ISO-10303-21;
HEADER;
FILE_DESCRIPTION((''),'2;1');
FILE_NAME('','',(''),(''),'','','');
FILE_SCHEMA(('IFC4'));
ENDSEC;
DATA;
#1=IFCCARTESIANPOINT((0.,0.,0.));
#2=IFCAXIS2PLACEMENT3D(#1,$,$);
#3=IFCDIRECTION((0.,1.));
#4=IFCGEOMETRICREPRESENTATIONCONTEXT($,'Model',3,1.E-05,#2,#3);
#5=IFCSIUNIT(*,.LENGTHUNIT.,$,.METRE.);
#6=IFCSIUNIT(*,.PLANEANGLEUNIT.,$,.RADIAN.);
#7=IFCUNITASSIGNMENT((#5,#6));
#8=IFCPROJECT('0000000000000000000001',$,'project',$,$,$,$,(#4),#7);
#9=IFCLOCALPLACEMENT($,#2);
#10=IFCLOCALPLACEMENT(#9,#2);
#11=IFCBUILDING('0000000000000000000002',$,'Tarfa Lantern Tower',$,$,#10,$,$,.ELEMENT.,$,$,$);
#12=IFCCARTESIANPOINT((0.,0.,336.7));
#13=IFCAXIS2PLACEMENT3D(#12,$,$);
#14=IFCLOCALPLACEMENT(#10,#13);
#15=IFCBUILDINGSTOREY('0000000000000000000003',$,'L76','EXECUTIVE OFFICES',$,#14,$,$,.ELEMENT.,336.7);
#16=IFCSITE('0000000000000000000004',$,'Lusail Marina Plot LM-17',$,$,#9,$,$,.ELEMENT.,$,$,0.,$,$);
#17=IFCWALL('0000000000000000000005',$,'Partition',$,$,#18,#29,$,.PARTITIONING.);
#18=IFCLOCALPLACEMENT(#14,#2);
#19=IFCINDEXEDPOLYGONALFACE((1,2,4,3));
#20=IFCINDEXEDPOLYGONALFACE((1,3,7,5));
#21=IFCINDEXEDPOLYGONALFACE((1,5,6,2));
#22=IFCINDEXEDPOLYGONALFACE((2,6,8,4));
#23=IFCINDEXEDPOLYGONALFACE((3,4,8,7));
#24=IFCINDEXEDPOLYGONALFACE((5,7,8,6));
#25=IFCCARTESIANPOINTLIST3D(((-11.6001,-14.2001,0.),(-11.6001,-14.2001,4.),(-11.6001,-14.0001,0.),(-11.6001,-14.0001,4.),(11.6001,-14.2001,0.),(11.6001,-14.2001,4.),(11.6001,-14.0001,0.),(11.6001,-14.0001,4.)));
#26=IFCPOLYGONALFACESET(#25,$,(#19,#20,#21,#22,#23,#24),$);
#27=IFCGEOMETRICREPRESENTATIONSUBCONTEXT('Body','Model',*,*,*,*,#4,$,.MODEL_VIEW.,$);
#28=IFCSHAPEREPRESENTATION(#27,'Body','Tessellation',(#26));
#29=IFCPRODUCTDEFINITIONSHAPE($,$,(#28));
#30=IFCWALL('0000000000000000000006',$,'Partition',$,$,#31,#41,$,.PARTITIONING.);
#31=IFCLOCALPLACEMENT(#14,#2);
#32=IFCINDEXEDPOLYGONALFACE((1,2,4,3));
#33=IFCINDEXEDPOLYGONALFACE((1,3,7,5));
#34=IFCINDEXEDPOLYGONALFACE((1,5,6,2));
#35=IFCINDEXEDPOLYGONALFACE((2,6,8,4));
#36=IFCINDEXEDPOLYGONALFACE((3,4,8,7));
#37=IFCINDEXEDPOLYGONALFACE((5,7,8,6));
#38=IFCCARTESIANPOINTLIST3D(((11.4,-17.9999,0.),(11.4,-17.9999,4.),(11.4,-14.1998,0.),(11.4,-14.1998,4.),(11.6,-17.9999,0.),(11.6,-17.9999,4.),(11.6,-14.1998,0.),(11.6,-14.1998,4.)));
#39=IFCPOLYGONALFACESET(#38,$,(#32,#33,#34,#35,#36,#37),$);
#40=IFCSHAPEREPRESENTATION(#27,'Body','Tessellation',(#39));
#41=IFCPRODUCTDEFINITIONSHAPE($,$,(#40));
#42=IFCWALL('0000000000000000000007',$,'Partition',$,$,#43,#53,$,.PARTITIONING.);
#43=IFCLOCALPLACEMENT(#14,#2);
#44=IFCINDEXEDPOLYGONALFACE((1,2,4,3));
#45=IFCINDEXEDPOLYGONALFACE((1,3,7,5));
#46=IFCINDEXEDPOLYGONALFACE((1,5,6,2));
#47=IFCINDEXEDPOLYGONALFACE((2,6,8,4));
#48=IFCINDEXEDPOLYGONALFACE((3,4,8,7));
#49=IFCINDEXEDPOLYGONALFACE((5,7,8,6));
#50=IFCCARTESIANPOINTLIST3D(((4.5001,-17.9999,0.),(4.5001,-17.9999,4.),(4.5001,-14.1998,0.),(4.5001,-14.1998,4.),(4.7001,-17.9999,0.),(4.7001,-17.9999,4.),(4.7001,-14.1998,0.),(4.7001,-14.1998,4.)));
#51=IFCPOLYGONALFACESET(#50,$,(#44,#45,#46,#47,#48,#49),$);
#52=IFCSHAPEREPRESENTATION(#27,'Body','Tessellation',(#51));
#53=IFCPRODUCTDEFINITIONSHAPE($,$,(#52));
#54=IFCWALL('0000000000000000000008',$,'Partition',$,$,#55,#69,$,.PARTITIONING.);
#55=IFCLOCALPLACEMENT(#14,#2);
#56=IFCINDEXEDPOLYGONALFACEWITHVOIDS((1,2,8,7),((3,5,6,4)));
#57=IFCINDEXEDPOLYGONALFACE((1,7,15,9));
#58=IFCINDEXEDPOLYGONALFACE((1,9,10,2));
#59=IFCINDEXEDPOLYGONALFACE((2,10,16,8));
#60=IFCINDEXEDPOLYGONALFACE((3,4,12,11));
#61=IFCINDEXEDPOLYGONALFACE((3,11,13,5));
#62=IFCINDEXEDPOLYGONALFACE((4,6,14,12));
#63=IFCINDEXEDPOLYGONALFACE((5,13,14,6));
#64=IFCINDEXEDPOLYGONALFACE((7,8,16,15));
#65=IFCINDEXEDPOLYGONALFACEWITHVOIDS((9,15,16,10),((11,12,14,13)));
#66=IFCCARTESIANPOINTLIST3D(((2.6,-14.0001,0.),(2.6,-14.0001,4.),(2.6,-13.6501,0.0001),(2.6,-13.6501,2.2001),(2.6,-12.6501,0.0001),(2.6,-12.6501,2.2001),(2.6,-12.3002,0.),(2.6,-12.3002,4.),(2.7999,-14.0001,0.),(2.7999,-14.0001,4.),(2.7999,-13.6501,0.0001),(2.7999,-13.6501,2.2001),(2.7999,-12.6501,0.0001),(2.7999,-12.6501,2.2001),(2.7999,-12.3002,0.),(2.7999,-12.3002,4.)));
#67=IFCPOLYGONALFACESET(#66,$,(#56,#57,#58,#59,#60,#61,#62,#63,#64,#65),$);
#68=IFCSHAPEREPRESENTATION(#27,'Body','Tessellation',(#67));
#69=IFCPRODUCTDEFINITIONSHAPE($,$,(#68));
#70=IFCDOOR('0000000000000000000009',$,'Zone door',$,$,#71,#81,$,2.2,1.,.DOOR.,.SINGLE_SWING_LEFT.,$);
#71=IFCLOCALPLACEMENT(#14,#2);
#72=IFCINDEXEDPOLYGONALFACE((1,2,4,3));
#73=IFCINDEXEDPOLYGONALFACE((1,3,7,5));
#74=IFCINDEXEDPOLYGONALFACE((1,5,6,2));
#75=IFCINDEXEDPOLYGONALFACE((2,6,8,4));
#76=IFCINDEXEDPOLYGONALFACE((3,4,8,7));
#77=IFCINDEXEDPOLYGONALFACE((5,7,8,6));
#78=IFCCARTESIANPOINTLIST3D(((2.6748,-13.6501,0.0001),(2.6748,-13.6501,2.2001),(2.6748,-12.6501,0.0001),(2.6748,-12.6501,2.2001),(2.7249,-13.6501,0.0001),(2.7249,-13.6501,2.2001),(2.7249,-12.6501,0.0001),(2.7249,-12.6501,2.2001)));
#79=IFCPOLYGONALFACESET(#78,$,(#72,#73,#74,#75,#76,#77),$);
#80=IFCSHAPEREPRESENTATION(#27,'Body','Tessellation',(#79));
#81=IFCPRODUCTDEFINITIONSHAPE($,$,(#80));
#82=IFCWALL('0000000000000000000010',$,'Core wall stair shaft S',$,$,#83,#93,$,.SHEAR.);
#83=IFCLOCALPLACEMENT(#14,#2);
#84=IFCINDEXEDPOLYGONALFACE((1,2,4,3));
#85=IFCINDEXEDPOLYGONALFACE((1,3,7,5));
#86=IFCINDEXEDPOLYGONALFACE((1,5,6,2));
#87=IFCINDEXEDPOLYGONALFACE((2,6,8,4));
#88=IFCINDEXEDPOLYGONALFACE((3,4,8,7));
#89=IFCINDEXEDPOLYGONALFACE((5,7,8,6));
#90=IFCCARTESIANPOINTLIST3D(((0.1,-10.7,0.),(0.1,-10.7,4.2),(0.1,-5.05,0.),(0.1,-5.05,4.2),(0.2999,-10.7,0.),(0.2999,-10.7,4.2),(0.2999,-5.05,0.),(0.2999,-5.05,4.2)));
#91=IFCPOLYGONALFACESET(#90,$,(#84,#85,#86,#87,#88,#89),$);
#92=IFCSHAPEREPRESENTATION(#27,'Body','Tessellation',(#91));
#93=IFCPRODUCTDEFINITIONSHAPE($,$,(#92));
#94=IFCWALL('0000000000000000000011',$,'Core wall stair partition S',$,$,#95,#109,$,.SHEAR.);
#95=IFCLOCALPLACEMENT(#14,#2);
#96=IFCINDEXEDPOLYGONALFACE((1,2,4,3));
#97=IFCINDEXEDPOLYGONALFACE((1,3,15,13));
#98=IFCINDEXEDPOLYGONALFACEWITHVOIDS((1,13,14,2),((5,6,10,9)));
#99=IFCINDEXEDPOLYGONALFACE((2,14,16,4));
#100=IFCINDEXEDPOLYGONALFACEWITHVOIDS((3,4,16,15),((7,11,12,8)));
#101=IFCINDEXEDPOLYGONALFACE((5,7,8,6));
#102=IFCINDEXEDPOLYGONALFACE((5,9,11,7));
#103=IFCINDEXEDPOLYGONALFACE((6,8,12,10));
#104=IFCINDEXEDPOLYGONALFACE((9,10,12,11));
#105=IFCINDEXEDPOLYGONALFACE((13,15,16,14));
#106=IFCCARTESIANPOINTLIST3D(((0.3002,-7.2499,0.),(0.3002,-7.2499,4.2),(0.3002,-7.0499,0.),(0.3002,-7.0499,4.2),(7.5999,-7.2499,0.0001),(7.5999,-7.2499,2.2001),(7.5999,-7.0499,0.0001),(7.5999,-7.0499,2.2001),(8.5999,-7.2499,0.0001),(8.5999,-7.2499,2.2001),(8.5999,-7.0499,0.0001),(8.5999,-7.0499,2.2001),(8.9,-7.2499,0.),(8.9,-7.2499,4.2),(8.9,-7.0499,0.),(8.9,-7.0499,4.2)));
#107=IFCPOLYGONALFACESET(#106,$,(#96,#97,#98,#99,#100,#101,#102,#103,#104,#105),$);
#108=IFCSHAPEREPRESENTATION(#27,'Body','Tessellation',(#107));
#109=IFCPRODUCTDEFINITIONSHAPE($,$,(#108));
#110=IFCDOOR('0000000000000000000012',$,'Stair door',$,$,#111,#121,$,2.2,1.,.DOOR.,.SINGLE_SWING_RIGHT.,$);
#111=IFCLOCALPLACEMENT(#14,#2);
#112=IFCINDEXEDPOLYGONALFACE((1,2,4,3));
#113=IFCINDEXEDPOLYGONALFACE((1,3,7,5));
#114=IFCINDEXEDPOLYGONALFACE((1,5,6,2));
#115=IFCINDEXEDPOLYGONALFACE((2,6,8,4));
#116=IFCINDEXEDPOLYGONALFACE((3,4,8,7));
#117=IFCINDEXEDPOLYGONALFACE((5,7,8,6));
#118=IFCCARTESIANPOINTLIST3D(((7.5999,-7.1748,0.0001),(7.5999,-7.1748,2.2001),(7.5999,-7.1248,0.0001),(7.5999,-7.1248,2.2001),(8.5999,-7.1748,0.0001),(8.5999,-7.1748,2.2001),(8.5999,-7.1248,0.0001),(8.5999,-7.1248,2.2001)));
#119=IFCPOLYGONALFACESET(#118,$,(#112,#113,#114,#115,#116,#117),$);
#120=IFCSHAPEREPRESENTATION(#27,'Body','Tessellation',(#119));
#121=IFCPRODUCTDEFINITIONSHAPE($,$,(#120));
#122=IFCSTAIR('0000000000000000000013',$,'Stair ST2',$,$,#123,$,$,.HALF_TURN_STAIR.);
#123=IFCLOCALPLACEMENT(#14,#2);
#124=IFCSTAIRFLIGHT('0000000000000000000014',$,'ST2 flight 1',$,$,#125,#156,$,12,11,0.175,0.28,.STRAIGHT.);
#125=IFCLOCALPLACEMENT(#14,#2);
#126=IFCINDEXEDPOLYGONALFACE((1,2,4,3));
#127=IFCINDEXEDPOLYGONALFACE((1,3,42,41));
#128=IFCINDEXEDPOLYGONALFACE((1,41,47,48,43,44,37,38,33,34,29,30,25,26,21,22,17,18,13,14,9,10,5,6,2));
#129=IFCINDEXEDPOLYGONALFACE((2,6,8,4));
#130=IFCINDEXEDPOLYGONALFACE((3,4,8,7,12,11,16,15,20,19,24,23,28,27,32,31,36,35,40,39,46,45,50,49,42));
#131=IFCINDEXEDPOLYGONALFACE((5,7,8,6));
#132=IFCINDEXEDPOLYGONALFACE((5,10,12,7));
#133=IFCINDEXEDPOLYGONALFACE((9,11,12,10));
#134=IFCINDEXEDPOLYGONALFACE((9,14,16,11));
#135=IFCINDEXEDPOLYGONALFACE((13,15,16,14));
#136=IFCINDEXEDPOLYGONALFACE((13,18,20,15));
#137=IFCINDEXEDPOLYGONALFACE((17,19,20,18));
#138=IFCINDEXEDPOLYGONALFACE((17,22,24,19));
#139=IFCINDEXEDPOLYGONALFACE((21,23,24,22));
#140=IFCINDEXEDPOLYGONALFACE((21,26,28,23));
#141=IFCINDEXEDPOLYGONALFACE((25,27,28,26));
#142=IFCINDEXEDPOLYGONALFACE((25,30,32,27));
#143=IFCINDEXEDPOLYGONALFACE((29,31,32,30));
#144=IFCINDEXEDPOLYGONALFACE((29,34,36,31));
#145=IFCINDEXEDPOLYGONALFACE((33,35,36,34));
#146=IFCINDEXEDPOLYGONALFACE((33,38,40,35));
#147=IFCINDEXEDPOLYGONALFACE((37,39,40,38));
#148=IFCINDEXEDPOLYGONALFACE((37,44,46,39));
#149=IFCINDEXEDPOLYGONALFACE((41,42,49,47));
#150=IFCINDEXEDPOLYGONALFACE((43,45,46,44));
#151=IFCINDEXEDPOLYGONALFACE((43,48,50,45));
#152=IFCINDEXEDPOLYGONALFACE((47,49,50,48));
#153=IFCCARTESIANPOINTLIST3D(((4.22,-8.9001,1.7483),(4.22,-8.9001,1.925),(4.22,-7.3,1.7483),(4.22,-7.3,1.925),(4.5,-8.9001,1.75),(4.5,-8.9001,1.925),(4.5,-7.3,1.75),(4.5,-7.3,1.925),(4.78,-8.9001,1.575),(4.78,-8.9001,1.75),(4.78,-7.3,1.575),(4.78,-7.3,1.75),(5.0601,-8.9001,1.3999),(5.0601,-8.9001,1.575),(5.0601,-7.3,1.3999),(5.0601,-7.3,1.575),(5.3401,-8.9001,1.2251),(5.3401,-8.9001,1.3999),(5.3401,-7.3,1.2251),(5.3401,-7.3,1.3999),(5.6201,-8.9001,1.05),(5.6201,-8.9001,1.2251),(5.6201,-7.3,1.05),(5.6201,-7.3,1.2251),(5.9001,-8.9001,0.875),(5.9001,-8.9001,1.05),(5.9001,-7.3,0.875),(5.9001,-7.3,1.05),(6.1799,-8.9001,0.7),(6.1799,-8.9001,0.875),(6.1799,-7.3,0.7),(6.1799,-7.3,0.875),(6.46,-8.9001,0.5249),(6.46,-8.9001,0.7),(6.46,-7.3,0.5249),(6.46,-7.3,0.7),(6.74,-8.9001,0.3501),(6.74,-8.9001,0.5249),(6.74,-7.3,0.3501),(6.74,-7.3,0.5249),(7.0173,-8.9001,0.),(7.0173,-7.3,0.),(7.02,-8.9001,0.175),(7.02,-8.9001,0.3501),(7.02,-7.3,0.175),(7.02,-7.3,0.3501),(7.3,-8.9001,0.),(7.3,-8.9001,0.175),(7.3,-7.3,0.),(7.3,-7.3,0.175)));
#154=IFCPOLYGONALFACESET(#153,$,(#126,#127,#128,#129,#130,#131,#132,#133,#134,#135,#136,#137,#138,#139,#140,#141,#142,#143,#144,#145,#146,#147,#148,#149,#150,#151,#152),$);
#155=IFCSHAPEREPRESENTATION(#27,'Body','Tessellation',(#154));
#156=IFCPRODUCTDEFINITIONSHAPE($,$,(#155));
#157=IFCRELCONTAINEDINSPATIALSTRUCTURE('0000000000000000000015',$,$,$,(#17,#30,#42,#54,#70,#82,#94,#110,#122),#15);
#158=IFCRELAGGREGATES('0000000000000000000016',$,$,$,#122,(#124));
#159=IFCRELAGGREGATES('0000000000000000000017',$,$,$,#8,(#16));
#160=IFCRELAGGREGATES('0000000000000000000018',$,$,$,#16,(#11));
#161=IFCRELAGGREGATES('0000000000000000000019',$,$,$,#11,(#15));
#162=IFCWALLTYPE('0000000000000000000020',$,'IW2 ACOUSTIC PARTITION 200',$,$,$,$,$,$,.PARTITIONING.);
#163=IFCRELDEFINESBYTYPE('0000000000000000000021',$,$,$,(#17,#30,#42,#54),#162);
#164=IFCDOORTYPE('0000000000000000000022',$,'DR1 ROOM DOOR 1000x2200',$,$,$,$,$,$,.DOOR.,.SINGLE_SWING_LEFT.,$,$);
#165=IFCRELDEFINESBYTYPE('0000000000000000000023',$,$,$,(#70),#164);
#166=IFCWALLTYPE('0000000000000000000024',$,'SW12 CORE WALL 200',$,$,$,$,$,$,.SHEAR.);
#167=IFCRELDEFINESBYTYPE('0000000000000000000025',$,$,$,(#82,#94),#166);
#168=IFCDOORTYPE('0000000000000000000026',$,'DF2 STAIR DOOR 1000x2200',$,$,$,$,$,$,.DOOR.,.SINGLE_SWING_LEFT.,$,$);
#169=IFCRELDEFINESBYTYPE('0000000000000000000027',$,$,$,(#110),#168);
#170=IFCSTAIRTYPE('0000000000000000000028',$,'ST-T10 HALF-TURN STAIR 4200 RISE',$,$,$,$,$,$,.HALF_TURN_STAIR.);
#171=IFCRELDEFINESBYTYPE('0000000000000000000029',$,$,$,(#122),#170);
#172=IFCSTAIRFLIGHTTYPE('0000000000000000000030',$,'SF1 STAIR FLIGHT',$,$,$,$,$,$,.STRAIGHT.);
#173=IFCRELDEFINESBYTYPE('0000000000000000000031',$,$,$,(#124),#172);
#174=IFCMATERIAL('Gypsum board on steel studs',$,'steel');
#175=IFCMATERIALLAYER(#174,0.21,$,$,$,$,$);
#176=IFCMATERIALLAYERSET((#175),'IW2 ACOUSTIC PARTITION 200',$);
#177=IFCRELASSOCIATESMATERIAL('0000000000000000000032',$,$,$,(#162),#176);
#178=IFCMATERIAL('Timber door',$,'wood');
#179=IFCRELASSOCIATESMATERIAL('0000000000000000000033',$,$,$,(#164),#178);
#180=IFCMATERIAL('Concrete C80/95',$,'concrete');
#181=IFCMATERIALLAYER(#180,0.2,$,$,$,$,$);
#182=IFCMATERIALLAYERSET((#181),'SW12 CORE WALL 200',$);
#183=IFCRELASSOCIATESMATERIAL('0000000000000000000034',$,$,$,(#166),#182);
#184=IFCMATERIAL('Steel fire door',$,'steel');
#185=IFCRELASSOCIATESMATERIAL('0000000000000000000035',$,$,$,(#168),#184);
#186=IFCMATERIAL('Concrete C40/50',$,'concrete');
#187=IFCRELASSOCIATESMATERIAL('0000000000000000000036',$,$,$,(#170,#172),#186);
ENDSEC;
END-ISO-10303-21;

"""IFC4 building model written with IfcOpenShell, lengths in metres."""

from ifc_helpers import new_model, si_unit, direction, frame, frame_2d, origin, place, context, subcontext, project, spatial, polyline, rectangle, outline, extrude, material, layer, layer_set, type_object, element, fill, aggregate, save


model = new_model("IFC4")

# Units and contexts
model_context = context("Model", 3, precision=1e-05, world=origin(), true_north=direction((0.0, 1.0)))
body_context = subcontext(model_context, "Body", "Model", "MODEL_VIEW")
ifc_project = project(units=[si_unit("LENGTHUNIT", "METRE"), si_unit("PLANEANGLEUNIT", "RADIAN")], contexts=[model_context])

# Site, building, storey
site_placement = place(None, origin())
site = spatial("IfcSite", under=ifc_project, at=site_placement, Name="Lusail Marina Plot LM-17", CompositionType="ELEMENT", RefElevation=0.0)
building_placement = place(site_placement, origin())
building = spatial("IfcBuilding", under=site, at=building_placement, Name="Tarfa Lantern Tower", CompositionType="ELEMENT")
storey_placement = place(building_placement, frame((0.0, 0.0, 336.7)))
storey = spatial("IfcBuildingStorey", under=building, at=storey_placement, Name="L76", Description="EXECUTIVE OFFICES", CompositionType="ELEMENT", Elevation=336.7)

# Walls
ifc_material_1 = material(Name="Gypsum board on steel studs", Category="steel")
ifc_layer_1 = layer(ifc_material_1, 0.21)
ifc_layer_set_1 = layer_set([ifc_layer_1], Name="IW2 ACOUSTIC PARTITION 200")
wall_type_1 = type_object("IfcWallType", Name="IW2 ACOUSTIC PARTITION 200", PredefinedType="PARTITIONING", material=ifc_layer_set_1)
wall_1_placement = place(storey_placement, frame((11.6001, -14.1001, 0.0), z_axis=(0.0, 0.0, 1.0), x_axis=(-1.0, 0.0, 0.0)))
element("IfcWall", 1, at=wall_1_placement, inside=storey, type_object=wall_type_1, Name="Partition", PredefinedType="PARTITIONING", context=body_context, shape_type="SweptSolid", body=[
    extrude(rectangle(XDim=23.2002, YDim=0.2, at=frame_2d((11.6001, 0.0))), origin(), (0.0, 0.0, 1.0), 4.0),
])
for number, where, z_axis, x_axis, name in (
    (2, (11.5, -14.2, 0.0), (0.0, 0.0, 1.0), (0.0, -1.0, 0.0), "Partition"),
    (3, (4.6001, -14.2, 0.0), (0.0, 0.0, 1.0), (0.0, -1.0, 0.0), "Partition"),
):
    element("IfcWall", number, at=place(storey_placement, frame(where, z_axis=z_axis, x_axis=x_axis)), inside=storey, type_object=wall_type_1, Name=name, PredefinedType="PARTITIONING", context=body_context, shape_type="SweptSolid", body=[
        extrude(rectangle(XDim=3.8, YDim=0.2, at=frame_2d((1.8999, 0.0))), origin(), (0.0, 0.0, 1.0), 4.0),
    ])

# Wall, opening, door
wall_2_placement = place(storey_placement, frame((2.7, -12.3, 0.0), z_axis=(0.0, 0.0, 1.0), x_axis=(0.0, -1.0, 0.0)))
wall_2 = element("IfcWall", 4, at=wall_2_placement, inside=storey, type_object=wall_type_1, Name="Partition", PredefinedType="PARTITIONING", context=body_context, shape_type="SweptSolid", body=[
    extrude(rectangle(XDim=1.7, YDim=0.2, at=frame_2d((0.8501, 0.0))), origin(), (0.0, 0.0, 1.0), 4.0),
])
opening_1_placement = place(wall_2_placement, frame((0.3501, 0.0, 0.0)))
opening_1 = element("IfcOpeningElement", 5, at=opening_1_placement, cuts=wall_2, PredefinedType="OPENING", context=body_context, shape_type="SweptSolid", body=[
    extrude(rectangle(XDim=1.0, YDim=2.2, at=frame_2d((0.5, 1.1001))), frame((0.0, 0.1099, 0.0), z_axis=(0.0, -1.0, 0.0), x_axis=(1.0, 0.0, 0.0)), (0.0, 0.0, 1.0), 0.22),
])
ifc_material_2 = material(Name="Timber door", Category="wood")
door_type_1 = type_object("IfcDoorType", Name="DR1 ROOM DOOR 1000x2200", OperationType="SINGLE_SWING_LEFT", PredefinedType="DOOR", material=ifc_material_2)
door_1_placement = place(opening_1_placement, origin())
door_1 = element("IfcDoor", 6, at=door_1_placement, inside=storey, type_object=door_type_1, Name="Zone door", OperationType="SINGLE_SWING_LEFT", OverallHeight=2.2, OverallWidth=1.0, PredefinedType="DOOR", context=body_context, shape_type="SweptSolid", body=[
    extrude(rectangle(XDim=1.0, YDim=2.2, at=frame_2d((0.5, 1.1001))), frame((0.0, 0.0249, 0.0), z_axis=(0.0, -1.0, 0.0), x_axis=(1.0, 0.0, 0.0)), (0.0, 0.0, 1.0), 0.05),
])
fill(opening_1, door_1)

# Wall
ifc_material_3 = material(Name="Concrete C80/95", Category="concrete")
ifc_layer_2 = layer(ifc_material_3, 0.2)
ifc_layer_set_2 = layer_set([ifc_layer_2], Name="SW12 CORE WALL 200")
wall_type_2 = type_object("IfcWallType", Name="SW12 CORE WALL 200", PredefinedType="SHEAR", material=ifc_layer_set_2)
wall_3_placement = place(storey_placement, frame((0.2, -5.05, 0.0), z_axis=(0.0, 0.0, 1.0), x_axis=(0.0, -1.0, 0.0)))
element("IfcWall", 7, at=wall_3_placement, inside=storey, type_object=wall_type_2, Name="Core wall stair shaft S", PredefinedType="SHEAR", context=body_context, shape_type="SweptSolid", body=[
    extrude(rectangle(XDim=5.6499, YDim=0.2, at=frame_2d((2.825, 0.0))), origin(), (0.0, 0.0, 1.0), 4.2),
])

# Wall, opening, door
wall_4_placement = place(storey_placement, frame((8.8999, -7.1499, 0.0), z_axis=(0.0, 0.0, 1.0), x_axis=(-1.0, 0.0, 0.0)))
wall_4 = element("IfcWall", 8, at=wall_4_placement, inside=storey, type_object=wall_type_2, Name="Core wall stair partition S", PredefinedType="SHEAR", context=body_context, shape_type="SweptSolid", body=[
    extrude(rectangle(XDim=8.5999, YDim=0.2, at=frame_2d((4.2998, 0.0))), origin(), (0.0, 0.0, 1.0), 4.2),
])
opening_2_placement = place(wall_4_placement, frame((0.3, 0.0, 0.0)))
opening_2 = element("IfcOpeningElement", 9, at=opening_2_placement, cuts=wall_4, PredefinedType="OPENING", context=body_context, shape_type="SweptSolid", body=[
    extrude(rectangle(XDim=1.0, YDim=2.2, at=frame_2d((0.5, 1.1001))), frame((0.0, 0.1099, 0.0), z_axis=(0.0, -1.0, 0.0), x_axis=(1.0, 0.0, 0.0)), (0.0, 0.0, 1.0), 0.22),
])
ifc_material_4 = material(Name="Steel fire door", Category="steel")
door_type_2 = type_object("IfcDoorType", Name="DF2 STAIR DOOR 1000x2200", OperationType="SINGLE_SWING_LEFT", PredefinedType="DOOR", material=ifc_material_4)
door_2_placement = place(opening_2_placement, origin())
door_2 = element("IfcDoor", 10, at=door_2_placement, inside=storey, type_object=door_type_2, Name="Stair door", OperationType="SINGLE_SWING_RIGHT", OverallHeight=2.2, OverallWidth=1.0, PredefinedType="DOOR", context=body_context, shape_type="SweptSolid", body=[
    extrude(rectangle(XDim=1.0, YDim=2.2, at=frame_2d((0.5, 1.1001))), frame((0.0, 0.0249, 0.0), z_axis=(0.0, -1.0, 0.0), x_axis=(1.0, 0.0, 0.0)), (0.0, 0.0, 1.0), 0.05),
])
fill(opening_2, door_2)

# Stair, stair flight
ifc_material_5 = material(Name="Concrete C40/50", Category="concrete")
stair_type = type_object("IfcStairType", Name="ST-T10 HALF-TURN STAIR 4200 RISE", PredefinedType="HALF_TURN_STAIR", material=ifc_material_5)
stair_placement = place(storey_placement, origin())
stair = element("IfcStair", 11, at=stair_placement, inside=storey, type_object=stair_type, Name="Stair ST2", PredefinedType="HALF_TURN_STAIR")
stair_flight_type = type_object("IfcStairFlightType", Name="SF1 STAIR FLIGHT", PredefinedType="STRAIGHT", material=ifc_material_5)
stair_flight_1_placement = place(storey_placement, frame((7.3, -8.1001, 0.0), z_axis=(0.0, 0.0, 1.0), x_axis=(-1.0, 0.0, 0.0)))
stair_flight_1 = element("IfcStairFlight", 12, at=stair_flight_1_placement, type_object=stair_flight_type, Name="ST2 flight 1", NumberOfRisers=12, NumberOfTreads=11, PredefinedType="STRAIGHT", RiserHeight=0.175, TreadLength=0.28, context=body_context, shape_type="SweptSolid", body=[
    extrude(outline(polyline([(0.0, 0.0), (0.0, 0.175), (0.28, 0.175), (0.28, 0.3501), (0.5601, 0.3501), (0.5601, 0.5249), (0.8401, 0.5249), (0.8401, 0.7), (1.1201, 0.7), (1.1201, 0.875), (1.3999, 0.875), (1.3999, 1.05), (1.6799, 1.05), (1.6799, 1.2251), (1.96, 1.2251), (1.96, 1.3999), (2.24, 1.3999), (2.24, 1.575), (2.52, 1.575), (2.52, 1.75), (2.8, 1.75), (2.8, 1.925), (3.0801, 1.925), (3.0801, 2.1001), (3.0801, 1.7483), (0.2827, 0.0), (0.0, 0.0)])), frame((0.0, 0.8, 0.0), z_axis=(0.0, -1.0, 0.0), x_axis=(1.0, 0.0, 0.0)), (0.0, 0.0, 1.0), 1.6001),
])
aggregate(stair, [stair_flight_1])

save(model, "model.ifc")
